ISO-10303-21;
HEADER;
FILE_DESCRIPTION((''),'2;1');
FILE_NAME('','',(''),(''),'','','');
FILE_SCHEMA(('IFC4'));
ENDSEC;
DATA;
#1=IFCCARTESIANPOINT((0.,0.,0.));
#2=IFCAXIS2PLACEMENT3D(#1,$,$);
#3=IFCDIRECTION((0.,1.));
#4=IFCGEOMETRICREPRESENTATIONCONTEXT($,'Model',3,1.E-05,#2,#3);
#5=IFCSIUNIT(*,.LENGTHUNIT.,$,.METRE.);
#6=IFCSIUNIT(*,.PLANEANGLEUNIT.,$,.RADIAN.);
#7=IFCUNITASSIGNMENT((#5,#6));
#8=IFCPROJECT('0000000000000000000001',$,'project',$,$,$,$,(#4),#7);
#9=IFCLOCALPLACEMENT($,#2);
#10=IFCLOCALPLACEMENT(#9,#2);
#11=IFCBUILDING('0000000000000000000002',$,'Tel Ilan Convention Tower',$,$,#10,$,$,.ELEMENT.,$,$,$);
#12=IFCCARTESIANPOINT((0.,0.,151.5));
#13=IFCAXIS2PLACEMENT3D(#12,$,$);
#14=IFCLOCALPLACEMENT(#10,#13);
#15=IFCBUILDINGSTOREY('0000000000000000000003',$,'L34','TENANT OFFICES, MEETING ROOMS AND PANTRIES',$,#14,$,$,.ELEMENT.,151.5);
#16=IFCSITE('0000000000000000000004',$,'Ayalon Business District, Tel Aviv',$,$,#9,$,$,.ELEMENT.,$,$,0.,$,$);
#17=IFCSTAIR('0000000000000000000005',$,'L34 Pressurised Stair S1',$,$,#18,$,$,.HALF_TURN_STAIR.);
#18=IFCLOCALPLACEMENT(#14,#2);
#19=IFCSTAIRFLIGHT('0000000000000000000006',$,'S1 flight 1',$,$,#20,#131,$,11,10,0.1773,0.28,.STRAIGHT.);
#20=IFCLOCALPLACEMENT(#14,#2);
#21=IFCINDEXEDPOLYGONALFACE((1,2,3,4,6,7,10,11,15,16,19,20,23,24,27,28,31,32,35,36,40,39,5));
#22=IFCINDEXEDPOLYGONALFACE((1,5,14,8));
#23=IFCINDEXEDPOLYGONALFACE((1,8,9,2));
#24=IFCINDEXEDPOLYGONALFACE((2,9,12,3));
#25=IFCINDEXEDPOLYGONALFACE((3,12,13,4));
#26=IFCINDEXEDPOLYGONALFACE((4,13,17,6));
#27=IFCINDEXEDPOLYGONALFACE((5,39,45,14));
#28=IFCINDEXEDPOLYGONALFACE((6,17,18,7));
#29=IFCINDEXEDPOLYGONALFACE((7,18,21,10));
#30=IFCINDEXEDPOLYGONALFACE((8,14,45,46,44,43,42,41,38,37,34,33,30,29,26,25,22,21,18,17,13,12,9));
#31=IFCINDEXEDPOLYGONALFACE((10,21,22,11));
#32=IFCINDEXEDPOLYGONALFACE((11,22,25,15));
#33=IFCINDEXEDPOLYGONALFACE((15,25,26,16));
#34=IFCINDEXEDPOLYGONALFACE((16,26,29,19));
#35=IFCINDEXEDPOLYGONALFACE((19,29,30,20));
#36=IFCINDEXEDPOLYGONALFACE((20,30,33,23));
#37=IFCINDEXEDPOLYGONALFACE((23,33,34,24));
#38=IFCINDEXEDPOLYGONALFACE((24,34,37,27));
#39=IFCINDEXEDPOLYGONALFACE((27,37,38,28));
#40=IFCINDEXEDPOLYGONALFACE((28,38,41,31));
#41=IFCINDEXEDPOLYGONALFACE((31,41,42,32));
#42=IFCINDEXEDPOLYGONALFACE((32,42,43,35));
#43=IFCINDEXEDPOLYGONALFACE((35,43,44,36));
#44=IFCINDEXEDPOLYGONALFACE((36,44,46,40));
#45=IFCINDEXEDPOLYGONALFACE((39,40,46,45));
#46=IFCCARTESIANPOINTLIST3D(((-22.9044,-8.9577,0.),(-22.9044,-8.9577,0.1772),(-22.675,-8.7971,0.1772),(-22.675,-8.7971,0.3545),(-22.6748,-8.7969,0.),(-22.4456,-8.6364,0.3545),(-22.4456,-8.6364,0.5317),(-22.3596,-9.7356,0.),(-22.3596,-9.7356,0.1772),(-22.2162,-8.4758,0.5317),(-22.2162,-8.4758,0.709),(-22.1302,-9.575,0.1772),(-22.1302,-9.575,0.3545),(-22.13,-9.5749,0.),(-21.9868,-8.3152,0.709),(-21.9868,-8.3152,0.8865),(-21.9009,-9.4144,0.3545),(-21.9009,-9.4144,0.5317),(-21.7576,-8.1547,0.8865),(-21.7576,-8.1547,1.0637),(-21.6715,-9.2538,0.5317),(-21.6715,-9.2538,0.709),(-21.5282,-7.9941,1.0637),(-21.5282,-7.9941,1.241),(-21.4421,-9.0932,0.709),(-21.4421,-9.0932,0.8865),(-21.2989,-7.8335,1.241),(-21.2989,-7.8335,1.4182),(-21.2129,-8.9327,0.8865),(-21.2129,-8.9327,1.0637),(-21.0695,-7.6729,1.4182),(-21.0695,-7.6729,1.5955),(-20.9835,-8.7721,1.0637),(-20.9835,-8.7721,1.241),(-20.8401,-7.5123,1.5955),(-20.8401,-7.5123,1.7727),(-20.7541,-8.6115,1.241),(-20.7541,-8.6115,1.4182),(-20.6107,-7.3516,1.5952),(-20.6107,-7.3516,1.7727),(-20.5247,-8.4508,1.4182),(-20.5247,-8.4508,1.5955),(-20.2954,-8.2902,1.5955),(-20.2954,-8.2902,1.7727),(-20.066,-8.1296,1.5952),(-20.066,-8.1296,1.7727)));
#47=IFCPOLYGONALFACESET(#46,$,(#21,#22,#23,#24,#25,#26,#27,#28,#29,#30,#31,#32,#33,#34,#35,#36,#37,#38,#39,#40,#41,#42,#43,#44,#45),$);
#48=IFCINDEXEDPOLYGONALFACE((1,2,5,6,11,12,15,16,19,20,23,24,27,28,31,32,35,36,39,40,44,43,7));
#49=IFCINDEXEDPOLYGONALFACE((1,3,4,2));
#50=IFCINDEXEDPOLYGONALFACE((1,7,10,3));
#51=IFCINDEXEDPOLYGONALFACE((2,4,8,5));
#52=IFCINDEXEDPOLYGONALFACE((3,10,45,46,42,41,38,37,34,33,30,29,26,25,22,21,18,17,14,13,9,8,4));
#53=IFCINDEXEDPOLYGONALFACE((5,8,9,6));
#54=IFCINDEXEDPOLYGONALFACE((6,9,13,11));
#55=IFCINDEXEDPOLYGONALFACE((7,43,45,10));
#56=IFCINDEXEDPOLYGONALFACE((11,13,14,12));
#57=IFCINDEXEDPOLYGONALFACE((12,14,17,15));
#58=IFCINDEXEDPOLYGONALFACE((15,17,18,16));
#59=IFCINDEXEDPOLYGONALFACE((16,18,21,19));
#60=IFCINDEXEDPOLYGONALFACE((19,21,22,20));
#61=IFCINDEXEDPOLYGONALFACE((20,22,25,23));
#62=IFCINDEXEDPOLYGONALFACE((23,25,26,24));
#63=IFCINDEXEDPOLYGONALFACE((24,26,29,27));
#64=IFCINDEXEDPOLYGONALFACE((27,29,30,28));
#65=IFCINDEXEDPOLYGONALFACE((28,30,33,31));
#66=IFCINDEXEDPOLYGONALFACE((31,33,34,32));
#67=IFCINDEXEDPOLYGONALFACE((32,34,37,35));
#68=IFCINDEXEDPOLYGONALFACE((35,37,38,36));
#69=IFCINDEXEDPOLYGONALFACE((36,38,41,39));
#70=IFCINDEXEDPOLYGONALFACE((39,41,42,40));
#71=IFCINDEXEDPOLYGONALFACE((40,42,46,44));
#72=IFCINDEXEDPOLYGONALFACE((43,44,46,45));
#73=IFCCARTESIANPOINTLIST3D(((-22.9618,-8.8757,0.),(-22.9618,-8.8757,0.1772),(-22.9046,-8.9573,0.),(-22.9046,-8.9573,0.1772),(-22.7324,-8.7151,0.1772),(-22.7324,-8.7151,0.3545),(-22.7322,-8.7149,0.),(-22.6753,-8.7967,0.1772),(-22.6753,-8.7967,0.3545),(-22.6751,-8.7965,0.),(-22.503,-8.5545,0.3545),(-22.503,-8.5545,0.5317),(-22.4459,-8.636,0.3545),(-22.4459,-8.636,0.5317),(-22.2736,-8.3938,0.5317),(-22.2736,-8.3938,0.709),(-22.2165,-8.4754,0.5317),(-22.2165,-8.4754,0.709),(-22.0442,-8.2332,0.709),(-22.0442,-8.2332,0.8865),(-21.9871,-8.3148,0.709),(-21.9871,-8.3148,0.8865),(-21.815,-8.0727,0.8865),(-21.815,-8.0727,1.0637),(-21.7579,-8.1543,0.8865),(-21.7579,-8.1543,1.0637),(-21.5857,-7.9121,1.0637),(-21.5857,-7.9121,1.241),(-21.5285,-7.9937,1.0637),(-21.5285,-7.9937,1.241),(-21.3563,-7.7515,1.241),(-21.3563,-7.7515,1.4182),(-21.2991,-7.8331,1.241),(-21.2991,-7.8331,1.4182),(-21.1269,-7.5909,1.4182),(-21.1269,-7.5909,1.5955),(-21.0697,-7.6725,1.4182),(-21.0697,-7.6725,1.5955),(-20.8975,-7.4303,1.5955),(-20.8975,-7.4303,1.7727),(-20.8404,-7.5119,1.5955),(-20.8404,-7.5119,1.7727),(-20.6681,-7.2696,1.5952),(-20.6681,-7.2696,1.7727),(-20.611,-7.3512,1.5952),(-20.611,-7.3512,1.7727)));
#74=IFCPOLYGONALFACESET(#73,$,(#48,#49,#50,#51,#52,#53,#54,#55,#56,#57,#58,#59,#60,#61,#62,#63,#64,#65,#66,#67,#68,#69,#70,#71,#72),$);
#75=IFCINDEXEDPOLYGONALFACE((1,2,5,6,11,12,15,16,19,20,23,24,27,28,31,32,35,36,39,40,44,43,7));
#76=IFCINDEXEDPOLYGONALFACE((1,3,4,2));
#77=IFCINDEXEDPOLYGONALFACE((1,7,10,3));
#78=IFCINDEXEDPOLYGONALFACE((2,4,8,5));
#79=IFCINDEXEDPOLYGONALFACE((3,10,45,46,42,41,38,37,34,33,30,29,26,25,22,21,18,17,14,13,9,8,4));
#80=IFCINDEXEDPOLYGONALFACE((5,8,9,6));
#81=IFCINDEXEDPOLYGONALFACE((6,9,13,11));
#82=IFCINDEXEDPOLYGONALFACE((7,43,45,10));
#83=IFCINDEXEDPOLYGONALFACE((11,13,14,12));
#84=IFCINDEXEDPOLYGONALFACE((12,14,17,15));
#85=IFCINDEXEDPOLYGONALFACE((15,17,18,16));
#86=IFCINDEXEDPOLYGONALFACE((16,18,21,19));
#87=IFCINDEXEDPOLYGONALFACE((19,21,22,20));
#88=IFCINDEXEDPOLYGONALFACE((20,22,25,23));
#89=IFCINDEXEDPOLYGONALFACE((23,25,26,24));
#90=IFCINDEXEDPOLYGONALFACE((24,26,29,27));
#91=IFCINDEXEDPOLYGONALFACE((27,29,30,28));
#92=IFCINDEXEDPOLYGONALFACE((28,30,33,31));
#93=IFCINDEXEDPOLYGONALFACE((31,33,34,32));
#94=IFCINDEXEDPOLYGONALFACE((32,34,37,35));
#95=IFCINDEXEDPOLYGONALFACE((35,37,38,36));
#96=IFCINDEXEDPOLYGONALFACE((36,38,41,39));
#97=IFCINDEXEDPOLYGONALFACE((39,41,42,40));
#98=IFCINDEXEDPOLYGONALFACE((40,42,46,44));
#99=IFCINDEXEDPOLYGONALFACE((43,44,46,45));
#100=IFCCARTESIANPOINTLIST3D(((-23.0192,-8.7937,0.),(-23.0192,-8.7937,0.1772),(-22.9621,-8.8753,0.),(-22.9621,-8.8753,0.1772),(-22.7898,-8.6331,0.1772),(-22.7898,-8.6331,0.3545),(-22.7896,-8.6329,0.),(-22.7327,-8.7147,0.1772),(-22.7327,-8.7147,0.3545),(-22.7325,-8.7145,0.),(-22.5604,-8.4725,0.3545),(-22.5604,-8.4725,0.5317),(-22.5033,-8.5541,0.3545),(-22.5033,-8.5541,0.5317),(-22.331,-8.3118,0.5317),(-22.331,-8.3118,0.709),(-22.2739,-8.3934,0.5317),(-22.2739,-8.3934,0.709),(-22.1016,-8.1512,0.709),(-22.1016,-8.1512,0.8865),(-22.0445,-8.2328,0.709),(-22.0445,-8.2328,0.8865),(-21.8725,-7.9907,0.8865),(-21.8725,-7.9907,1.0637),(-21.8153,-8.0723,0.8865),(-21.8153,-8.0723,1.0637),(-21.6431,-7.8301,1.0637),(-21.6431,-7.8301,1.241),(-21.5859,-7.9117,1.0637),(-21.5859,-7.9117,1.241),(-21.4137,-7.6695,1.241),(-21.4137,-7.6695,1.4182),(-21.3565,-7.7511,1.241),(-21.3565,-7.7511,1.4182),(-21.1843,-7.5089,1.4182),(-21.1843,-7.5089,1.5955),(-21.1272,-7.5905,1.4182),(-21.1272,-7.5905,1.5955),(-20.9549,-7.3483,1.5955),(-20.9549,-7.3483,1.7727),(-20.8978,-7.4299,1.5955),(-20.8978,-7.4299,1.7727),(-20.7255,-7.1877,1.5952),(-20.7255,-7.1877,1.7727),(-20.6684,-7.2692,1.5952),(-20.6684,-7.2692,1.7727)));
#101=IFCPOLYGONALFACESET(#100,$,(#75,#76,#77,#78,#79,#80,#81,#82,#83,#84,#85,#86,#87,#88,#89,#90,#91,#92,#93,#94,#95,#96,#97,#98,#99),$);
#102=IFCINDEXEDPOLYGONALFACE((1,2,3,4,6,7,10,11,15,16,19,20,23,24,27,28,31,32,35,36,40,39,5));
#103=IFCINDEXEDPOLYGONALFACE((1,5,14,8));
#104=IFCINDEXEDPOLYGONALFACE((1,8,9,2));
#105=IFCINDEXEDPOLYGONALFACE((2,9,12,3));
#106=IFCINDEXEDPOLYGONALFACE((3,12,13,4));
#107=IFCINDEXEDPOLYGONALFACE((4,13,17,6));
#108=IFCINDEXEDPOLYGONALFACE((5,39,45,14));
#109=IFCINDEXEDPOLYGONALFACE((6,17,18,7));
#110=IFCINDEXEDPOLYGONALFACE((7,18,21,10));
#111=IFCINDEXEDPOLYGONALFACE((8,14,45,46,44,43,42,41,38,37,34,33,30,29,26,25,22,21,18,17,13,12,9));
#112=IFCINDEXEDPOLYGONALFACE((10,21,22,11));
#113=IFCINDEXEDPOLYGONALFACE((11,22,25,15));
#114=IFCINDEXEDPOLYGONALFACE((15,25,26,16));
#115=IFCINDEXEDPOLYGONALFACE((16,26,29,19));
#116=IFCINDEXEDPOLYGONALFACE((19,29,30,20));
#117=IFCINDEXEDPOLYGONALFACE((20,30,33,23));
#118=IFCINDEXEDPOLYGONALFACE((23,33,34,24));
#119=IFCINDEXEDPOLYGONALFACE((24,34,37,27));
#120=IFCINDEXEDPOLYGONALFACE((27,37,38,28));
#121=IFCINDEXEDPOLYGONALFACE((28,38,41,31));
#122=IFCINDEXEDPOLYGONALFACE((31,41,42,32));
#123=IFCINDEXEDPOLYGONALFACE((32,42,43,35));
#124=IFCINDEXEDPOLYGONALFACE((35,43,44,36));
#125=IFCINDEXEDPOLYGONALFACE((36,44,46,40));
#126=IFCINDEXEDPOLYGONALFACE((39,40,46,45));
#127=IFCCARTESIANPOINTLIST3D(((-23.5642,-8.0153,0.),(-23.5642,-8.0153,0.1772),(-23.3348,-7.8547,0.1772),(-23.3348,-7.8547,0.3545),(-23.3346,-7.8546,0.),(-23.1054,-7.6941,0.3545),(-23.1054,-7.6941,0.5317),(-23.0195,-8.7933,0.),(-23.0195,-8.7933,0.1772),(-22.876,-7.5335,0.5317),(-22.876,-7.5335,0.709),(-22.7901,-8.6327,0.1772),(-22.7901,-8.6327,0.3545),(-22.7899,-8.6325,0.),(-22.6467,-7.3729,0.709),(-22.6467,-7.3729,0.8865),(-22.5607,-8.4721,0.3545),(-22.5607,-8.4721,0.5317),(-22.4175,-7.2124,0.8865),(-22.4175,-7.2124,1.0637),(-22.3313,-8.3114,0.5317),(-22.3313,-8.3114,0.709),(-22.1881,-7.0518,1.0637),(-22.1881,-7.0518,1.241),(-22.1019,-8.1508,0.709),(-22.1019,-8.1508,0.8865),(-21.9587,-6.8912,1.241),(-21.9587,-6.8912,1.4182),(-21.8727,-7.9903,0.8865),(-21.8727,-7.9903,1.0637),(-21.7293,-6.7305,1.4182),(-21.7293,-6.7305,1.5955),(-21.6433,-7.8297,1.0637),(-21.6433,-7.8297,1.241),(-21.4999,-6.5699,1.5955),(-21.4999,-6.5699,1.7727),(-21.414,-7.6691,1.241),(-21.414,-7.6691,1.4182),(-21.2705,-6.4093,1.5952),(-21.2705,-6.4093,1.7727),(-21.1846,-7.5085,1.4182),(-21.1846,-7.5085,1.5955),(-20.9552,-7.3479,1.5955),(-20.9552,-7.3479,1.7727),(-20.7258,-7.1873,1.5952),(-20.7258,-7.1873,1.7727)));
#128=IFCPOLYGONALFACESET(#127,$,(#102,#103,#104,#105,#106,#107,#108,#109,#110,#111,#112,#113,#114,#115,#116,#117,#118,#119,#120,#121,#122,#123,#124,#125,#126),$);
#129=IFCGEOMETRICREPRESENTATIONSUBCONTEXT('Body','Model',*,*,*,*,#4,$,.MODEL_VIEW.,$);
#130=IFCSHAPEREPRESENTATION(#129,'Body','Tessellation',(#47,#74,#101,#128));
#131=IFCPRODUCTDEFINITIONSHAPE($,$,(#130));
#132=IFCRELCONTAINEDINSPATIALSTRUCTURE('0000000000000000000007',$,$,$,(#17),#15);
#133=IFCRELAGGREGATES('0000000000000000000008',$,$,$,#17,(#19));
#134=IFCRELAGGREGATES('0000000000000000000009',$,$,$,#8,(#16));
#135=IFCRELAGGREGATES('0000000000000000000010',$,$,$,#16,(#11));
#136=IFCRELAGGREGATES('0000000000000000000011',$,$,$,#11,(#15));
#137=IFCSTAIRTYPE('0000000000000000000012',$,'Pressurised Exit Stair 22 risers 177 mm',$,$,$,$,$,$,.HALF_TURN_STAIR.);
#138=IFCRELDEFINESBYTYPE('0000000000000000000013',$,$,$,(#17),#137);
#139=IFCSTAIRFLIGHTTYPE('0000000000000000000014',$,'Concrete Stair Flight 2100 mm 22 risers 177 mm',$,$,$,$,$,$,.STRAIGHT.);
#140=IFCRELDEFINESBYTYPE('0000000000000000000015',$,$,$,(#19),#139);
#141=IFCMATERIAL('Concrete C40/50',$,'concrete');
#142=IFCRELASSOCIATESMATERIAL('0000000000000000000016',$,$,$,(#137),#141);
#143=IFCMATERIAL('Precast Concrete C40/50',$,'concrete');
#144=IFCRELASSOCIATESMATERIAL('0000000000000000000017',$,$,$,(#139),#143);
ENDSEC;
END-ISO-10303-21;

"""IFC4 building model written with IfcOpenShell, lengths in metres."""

from ifc_helpers import new_model, si_unit, direction, frame, origin, place, context, subcontext, project, spatial, polyline, outline, extrude, material, type_object, element, aggregate, save


model = new_model("IFC4")

# Units and contexts
model_context = context("Model", 3, precision=1e-05, world=origin(), true_north=direction((0.0, 1.0)))
body_context = subcontext(model_context, "Body", "Model", "MODEL_VIEW")
ifc_project = project(units=[si_unit("LENGTHUNIT", "METRE"), si_unit("PLANEANGLEUNIT", "RADIAN")], contexts=[model_context])

# Site, building, storey
site_placement = place(None, origin())
site = spatial("IfcSite", under=ifc_project, at=site_placement, Name="Ayalon Business District, Tel Aviv", CompositionType="ELEMENT", RefElevation=0.0)
building_placement = place(site_placement, origin())
building = spatial("IfcBuilding", under=site, at=building_placement, Name="Tel Ilan Convention Tower", CompositionType="ELEMENT")
storey_placement = place(building_placement, frame((0.0, 0.0, 151.5)))
storey = spatial("IfcBuildingStorey", under=building, at=storey_placement, Name="L34", Description="TENANT OFFICES, MEETING ROOMS AND PANTRIES", CompositionType="ELEMENT", Elevation=151.5)

# Stair, stair flight
ifc_material_1 = material(Name="Concrete C40/50", Category="concrete")
stair_type = type_object("IfcStairType", Name="Pressurised Exit Stair 22 risers 177 mm", PredefinedType="HALF_TURN_STAIR", material=ifc_material_1)
stair_1_placement = place(storey_placement, origin())
stair_1 = element("IfcStair", 1, at=stair_1_placement, inside=storey, type_object=stair_type, Name="L34 Pressurised Stair S1", PredefinedType="HALF_TURN_STAIR")
ifc_material_2 = material(Name="Precast Concrete C40/50", Category="concrete")
stair_flight_type = type_object("IfcStairFlightType", Name="Concrete Stair Flight 2100 mm 22 risers 177 mm", PredefinedType="STRAIGHT", material=ifc_material_2)
stair_flight_1_placement = place(storey_placement, frame((-22.9619, -8.8755, 0.0), z_axis=(0.0, 0.0, 1.0), x_axis=(0.819152, 0.573576, 0.0)))
stair_flight_1 = element("IfcStairFlight", 2, at=stair_flight_1_placement, type_object=stair_flight_type, Name="S1 flight 1", NumberOfRisers=11, NumberOfTreads=10, PredefinedType="STRAIGHT", RiserHeight=0.1773, TreadLength=0.28, context=body_context, shape_type="SweptSolid", body=[
    extrude(outline(polyline([(0.0, 0.0), (0.0, 0.1772), (0.28, 0.1772), (0.28, 0.3545), (0.5601, 0.3545), (0.5601, 0.5317), (0.8401, 0.5317), (0.8401, 0.709), (1.1201, 0.709), (1.1201, 0.8865), (1.3999, 0.8865), (1.3999, 1.0637), (1.6799, 1.0637), (1.6799, 1.241), (1.96, 1.241), (1.96, 1.4182), (2.24, 1.4182), (2.24, 1.5955), (2.52, 1.5955), (2.52, 1.7727), (2.8, 1.7727), (2.8, 1.95), (2.8, 1.5952), (0.2803, 0.0), (0.0, 0.0)])), frame((0.0, -0.1003, 0.0), z_axis=(0.0, -1.0, 0.0), x_axis=(1.0, 0.0, 0.0)), (0.0, 0.0, 1.0), 0.9497),
    extrude(outline(polyline([(0.0, 0.0), (0.0, 0.1772), (0.28, 0.1772), (0.28, 0.3545), (0.5601, 0.3545), (0.5601, 0.5317), (0.8401, 0.5317), (0.8401, 0.709), (1.1201, 0.709), (1.1201, 0.8865), (1.3999, 0.8865), (1.3999, 1.0637), (1.6799, 1.0637), (1.6799, 1.241), (1.96, 1.241), (1.96, 1.4182), (2.24, 1.4182), (2.24, 1.5955), (2.52, 1.5955), (2.52, 1.7727), (2.8, 1.7727), (2.8, 1.95), (2.8, 1.5952), (0.2803, 0.0), (0.0, 0.0)])), frame((0.0, -0.0002, 0.0), z_axis=(0.0, -1.0, 0.0), x_axis=(1.0, 0.0, 0.0)), (0.0, 0.0, 1.0), 0.0996),
    extrude(outline(polyline([(0.0, 0.0), (0.0, 0.1772), (0.28, 0.1772), (0.28, 0.3545), (0.5601, 0.3545), (0.5601, 0.5317), (0.8401, 0.5317), (0.8401, 0.709), (1.1201, 0.709), (1.1201, 0.8865), (1.3999, 0.8865), (1.3999, 1.0637), (1.6799, 1.0637), (1.6799, 1.241), (1.96, 1.241), (1.96, 1.4182), (2.24, 1.4182), (2.24, 1.5955), (2.52, 1.5955), (2.52, 1.7727), (2.8, 1.7727), (2.8, 1.95), (2.8, 1.5952), (0.2803, 0.0), (0.0, 0.0)])), frame((0.0, 0.0999, 0.0), z_axis=(0.0, -1.0, 0.0), x_axis=(1.0, 0.0, 0.0)), (0.0, 0.0, 1.0), 0.0996),
    extrude(outline(polyline([(0.0, 0.0), (0.0, 0.1772), (0.28, 0.1772), (0.28, 0.3545), (0.5601, 0.3545), (0.5601, 0.5317), (0.8401, 0.5317), (0.8401, 0.709), (1.1201, 0.709), (1.1201, 0.8865), (1.3999, 0.8865), (1.3999, 1.0637), (1.6799, 1.0637), (1.6799, 1.241), (1.96, 1.241), (1.96, 1.4182), (2.24, 1.4182), (2.24, 1.5955), (2.52, 1.5955), (2.52, 1.7727), (2.8, 1.7727), (2.8, 1.95), (2.8, 1.5952), (0.2803, 0.0), (0.0, 0.0)])), frame((0.0, 1.05, 0.0), z_axis=(0.0, -1.0, 0.0), x_axis=(1.0, 0.0, 0.0)), (0.0, 0.0, 1.0), 0.9497),
])
aggregate(stair_1, [stair_flight_1])

save(model, "model.ifc")
